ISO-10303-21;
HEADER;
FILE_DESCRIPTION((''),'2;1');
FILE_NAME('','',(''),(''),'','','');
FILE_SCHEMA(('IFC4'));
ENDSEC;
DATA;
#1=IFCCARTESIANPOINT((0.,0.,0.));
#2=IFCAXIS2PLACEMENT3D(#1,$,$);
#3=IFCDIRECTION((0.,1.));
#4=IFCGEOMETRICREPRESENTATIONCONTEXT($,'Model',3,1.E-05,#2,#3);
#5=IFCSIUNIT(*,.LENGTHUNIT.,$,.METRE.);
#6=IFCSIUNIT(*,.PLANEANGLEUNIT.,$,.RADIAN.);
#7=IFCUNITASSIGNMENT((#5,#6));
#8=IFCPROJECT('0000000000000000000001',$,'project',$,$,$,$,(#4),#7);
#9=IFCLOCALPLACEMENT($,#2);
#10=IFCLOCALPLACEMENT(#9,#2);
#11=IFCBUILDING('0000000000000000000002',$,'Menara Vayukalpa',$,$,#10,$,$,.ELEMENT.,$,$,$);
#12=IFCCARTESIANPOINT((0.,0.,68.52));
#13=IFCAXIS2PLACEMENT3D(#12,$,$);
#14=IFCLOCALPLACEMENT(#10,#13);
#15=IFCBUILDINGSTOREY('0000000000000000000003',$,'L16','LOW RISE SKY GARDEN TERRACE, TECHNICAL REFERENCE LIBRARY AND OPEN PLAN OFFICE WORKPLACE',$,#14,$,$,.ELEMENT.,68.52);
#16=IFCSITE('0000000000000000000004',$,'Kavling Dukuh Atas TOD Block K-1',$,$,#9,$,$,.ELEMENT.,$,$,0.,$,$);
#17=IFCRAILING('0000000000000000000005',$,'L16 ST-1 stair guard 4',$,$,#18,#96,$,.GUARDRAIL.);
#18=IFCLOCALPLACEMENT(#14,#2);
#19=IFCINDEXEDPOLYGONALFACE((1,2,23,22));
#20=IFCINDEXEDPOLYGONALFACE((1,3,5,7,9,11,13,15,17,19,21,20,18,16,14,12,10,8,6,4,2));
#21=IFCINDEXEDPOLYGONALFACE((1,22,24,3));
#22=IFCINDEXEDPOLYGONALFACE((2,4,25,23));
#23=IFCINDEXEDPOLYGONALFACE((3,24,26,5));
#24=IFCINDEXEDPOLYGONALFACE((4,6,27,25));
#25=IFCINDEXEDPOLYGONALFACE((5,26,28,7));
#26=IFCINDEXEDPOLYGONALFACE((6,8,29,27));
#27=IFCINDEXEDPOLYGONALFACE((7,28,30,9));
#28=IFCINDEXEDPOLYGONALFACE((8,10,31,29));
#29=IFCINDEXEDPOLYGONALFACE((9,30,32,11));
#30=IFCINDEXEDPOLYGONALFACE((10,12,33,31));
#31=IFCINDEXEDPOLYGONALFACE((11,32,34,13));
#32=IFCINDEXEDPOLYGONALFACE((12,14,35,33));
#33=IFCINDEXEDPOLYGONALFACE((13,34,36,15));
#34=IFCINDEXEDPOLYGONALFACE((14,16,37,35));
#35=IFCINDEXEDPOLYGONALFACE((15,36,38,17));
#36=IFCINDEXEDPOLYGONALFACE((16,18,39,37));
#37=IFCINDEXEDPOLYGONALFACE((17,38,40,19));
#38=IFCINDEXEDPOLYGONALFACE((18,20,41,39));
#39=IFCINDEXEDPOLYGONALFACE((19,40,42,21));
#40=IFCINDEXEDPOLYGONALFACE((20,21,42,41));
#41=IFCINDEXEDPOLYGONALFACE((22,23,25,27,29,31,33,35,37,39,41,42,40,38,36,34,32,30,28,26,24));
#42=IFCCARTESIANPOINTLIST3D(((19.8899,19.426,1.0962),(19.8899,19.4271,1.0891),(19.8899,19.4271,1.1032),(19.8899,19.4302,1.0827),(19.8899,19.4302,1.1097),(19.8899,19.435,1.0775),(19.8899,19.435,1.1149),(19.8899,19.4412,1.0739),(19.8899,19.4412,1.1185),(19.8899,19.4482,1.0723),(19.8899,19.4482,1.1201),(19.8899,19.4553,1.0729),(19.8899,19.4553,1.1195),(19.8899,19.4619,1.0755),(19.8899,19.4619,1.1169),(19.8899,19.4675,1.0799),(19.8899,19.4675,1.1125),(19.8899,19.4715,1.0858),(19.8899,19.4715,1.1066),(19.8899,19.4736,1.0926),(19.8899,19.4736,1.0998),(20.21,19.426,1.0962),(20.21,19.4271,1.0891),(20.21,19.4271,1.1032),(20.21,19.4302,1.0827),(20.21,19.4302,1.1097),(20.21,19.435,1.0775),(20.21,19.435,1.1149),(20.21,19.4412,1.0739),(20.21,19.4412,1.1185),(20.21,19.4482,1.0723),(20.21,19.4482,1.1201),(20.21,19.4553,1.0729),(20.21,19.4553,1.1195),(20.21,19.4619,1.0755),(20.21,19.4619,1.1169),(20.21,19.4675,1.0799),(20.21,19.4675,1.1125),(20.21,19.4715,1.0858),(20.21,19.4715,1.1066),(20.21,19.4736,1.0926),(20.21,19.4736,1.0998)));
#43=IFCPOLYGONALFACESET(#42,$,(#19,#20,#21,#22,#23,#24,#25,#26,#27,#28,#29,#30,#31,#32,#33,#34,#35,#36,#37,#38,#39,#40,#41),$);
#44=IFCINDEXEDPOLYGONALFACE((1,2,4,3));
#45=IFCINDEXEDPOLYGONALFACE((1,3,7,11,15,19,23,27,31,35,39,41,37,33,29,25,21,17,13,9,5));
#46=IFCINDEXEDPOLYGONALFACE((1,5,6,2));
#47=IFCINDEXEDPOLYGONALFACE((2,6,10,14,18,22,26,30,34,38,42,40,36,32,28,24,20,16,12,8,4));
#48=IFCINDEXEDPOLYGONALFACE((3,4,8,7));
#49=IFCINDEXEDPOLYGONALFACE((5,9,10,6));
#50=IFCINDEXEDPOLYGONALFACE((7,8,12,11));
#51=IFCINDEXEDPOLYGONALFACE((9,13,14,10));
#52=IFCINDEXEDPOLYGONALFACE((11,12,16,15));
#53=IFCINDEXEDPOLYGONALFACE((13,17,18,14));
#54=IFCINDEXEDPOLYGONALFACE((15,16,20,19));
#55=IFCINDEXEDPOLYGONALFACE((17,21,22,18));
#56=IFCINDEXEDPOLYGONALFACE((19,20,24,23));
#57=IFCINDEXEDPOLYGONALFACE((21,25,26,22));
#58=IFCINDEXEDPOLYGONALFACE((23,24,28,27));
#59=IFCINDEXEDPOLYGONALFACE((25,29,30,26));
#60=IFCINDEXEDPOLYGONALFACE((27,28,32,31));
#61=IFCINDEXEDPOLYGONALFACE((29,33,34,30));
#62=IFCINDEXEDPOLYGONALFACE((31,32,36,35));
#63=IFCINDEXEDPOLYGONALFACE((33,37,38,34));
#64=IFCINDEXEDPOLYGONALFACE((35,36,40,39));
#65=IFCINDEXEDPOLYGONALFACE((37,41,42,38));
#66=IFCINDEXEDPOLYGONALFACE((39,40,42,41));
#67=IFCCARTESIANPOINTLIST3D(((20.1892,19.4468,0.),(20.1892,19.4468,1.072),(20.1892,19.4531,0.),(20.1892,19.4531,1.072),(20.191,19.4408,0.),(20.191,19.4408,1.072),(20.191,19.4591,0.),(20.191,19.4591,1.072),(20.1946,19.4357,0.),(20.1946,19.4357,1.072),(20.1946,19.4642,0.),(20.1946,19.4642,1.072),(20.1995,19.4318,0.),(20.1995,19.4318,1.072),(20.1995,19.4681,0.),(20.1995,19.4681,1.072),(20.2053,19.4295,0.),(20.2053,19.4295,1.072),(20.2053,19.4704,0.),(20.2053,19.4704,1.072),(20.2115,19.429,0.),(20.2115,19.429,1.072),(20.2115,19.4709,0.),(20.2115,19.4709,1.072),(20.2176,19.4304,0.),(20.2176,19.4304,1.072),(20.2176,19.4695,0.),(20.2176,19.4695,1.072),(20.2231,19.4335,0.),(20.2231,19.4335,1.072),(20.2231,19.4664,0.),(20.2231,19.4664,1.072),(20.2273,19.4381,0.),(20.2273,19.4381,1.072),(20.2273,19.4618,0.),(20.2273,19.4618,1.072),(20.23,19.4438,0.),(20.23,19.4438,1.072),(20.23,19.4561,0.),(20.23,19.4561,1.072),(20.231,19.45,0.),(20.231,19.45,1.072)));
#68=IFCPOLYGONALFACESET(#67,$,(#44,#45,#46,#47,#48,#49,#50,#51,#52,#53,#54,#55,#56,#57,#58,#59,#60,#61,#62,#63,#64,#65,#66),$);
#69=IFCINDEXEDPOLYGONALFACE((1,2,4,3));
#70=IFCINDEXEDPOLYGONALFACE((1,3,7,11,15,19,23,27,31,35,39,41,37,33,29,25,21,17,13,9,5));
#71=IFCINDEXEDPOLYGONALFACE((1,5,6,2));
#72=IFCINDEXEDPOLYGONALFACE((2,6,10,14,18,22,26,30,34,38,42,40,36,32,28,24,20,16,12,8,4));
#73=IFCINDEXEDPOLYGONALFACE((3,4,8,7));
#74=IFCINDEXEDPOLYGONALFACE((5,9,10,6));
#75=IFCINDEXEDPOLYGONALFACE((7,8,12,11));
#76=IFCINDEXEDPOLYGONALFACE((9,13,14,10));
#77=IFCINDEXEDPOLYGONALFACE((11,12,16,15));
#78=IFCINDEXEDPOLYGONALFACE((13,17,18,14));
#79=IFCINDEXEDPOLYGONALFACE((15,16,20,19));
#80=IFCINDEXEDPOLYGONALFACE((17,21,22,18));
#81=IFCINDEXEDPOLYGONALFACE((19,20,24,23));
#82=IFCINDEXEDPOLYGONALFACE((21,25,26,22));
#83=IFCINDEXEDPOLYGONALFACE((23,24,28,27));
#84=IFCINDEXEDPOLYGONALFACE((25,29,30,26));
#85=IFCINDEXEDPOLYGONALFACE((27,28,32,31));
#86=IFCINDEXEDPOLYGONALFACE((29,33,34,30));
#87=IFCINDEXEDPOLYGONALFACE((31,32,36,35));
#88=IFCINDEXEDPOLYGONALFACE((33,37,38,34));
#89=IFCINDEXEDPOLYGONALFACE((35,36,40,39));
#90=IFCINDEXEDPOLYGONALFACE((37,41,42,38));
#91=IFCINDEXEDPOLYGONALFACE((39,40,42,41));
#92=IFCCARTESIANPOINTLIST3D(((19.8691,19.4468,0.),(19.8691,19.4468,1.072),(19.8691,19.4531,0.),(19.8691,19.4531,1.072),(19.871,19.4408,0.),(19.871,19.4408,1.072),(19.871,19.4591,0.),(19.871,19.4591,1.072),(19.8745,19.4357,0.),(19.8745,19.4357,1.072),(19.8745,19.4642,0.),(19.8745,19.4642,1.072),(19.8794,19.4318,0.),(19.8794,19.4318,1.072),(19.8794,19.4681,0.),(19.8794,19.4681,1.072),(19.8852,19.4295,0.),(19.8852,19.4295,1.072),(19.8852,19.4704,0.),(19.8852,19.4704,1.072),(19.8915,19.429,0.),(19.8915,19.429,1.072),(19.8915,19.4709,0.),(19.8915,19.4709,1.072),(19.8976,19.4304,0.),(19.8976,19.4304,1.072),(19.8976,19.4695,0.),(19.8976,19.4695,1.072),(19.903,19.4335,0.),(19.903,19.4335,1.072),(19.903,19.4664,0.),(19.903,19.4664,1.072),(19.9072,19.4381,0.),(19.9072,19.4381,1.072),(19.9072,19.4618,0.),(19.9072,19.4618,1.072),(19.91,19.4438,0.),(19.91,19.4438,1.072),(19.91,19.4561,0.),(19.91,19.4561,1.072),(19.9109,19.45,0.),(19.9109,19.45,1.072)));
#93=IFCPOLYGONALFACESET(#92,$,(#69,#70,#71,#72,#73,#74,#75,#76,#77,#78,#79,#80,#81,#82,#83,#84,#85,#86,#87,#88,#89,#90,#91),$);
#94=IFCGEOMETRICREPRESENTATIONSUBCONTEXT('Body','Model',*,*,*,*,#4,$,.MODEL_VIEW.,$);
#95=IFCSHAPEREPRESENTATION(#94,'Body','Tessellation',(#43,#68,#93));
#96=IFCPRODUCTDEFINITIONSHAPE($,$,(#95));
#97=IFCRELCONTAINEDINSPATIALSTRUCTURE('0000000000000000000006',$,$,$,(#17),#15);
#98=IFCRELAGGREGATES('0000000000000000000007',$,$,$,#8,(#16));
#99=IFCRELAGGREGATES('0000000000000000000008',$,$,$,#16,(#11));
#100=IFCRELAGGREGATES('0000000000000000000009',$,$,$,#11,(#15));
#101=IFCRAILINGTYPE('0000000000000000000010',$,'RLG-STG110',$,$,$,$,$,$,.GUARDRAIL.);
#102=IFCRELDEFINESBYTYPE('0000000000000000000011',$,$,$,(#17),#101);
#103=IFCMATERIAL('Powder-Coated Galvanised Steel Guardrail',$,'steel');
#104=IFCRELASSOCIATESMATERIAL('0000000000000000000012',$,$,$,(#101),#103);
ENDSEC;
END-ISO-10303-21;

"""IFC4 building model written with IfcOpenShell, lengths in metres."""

from ifc_helpers import new_model, si_unit, direction, frame, origin, origin_2d, place, context, subcontext, project, spatial, circle, extrude, material, type_object, element, save


model = new_model("IFC4")

# Units and contexts
model_context = context("Model", 3, precision=1e-05, world=origin(), true_north=direction((0.0, 1.0)))
body_context = subcontext(model_context, "Body", "Model", "MODEL_VIEW")
ifc_project = project(units=[si_unit("LENGTHUNIT", "METRE"), si_unit("PLANEANGLEUNIT", "RADIAN")], contexts=[model_context])

# Site, building, storey
site_placement = place(None, origin())
site = spatial("IfcSite", under=ifc_project, at=site_placement, Name="Kavling Dukuh Atas TOD Block K-1", CompositionType="ELEMENT", RefElevation=0.0)
building_placement = place(site_placement, origin())
building = spatial("IfcBuilding", under=site, at=building_placement, Name="Menara Vayukalpa", CompositionType="ELEMENT")
storey_placement = place(building_placement, frame((0.0, 0.0, 68.52)))
storey = spatial("IfcBuildingStorey", under=building, at=storey_placement, Name="L16", Description="LOW RISE SKY GARDEN TERRACE, TECHNICAL REFERENCE LIBRARY AND OPEN PLAN OFFICE WORKPLACE", CompositionType="ELEMENT", Elevation=68.52)

# Railing
ifc_material_1 = material(Name="Powder-Coated Galvanised Steel Guardrail", Category="steel")
railing_type = type_object("IfcRailingType", Name="RLG-STG110", PredefinedType="GUARDRAIL", material=ifc_material_1)
railing_1_placement = place(storey_placement, frame((20.21, 19.45, 0.0)))
element("IfcRailing", 1, at=railing_1_placement, inside=storey, type_object=railing_type, Name="L16 ST-1 stair guard 4", PredefinedType="GUARDRAIL", context=body_context, shape_type="SweptSolid", body=[
    extrude(circle(Radius=0.0239, at=origin_2d()), frame((0.0, 0.0, 1.0962), z_axis=(-1.0, 0.0, 0.0), x_axis=(0.0, -1.0, 0.0)), (0.0, 0.0, 1.0), 0.3201),
    extrude(circle(Radius=0.021, at=origin_2d()), origin(), (0.0, 0.0, 1.0), 1.072),
    extrude(circle(Radius=0.021, at=origin_2d()), frame((-0.3201, 0.0, 0.0)), (0.0, 0.0, 1.0), 1.072),
])

save(model, "model.ifc")
